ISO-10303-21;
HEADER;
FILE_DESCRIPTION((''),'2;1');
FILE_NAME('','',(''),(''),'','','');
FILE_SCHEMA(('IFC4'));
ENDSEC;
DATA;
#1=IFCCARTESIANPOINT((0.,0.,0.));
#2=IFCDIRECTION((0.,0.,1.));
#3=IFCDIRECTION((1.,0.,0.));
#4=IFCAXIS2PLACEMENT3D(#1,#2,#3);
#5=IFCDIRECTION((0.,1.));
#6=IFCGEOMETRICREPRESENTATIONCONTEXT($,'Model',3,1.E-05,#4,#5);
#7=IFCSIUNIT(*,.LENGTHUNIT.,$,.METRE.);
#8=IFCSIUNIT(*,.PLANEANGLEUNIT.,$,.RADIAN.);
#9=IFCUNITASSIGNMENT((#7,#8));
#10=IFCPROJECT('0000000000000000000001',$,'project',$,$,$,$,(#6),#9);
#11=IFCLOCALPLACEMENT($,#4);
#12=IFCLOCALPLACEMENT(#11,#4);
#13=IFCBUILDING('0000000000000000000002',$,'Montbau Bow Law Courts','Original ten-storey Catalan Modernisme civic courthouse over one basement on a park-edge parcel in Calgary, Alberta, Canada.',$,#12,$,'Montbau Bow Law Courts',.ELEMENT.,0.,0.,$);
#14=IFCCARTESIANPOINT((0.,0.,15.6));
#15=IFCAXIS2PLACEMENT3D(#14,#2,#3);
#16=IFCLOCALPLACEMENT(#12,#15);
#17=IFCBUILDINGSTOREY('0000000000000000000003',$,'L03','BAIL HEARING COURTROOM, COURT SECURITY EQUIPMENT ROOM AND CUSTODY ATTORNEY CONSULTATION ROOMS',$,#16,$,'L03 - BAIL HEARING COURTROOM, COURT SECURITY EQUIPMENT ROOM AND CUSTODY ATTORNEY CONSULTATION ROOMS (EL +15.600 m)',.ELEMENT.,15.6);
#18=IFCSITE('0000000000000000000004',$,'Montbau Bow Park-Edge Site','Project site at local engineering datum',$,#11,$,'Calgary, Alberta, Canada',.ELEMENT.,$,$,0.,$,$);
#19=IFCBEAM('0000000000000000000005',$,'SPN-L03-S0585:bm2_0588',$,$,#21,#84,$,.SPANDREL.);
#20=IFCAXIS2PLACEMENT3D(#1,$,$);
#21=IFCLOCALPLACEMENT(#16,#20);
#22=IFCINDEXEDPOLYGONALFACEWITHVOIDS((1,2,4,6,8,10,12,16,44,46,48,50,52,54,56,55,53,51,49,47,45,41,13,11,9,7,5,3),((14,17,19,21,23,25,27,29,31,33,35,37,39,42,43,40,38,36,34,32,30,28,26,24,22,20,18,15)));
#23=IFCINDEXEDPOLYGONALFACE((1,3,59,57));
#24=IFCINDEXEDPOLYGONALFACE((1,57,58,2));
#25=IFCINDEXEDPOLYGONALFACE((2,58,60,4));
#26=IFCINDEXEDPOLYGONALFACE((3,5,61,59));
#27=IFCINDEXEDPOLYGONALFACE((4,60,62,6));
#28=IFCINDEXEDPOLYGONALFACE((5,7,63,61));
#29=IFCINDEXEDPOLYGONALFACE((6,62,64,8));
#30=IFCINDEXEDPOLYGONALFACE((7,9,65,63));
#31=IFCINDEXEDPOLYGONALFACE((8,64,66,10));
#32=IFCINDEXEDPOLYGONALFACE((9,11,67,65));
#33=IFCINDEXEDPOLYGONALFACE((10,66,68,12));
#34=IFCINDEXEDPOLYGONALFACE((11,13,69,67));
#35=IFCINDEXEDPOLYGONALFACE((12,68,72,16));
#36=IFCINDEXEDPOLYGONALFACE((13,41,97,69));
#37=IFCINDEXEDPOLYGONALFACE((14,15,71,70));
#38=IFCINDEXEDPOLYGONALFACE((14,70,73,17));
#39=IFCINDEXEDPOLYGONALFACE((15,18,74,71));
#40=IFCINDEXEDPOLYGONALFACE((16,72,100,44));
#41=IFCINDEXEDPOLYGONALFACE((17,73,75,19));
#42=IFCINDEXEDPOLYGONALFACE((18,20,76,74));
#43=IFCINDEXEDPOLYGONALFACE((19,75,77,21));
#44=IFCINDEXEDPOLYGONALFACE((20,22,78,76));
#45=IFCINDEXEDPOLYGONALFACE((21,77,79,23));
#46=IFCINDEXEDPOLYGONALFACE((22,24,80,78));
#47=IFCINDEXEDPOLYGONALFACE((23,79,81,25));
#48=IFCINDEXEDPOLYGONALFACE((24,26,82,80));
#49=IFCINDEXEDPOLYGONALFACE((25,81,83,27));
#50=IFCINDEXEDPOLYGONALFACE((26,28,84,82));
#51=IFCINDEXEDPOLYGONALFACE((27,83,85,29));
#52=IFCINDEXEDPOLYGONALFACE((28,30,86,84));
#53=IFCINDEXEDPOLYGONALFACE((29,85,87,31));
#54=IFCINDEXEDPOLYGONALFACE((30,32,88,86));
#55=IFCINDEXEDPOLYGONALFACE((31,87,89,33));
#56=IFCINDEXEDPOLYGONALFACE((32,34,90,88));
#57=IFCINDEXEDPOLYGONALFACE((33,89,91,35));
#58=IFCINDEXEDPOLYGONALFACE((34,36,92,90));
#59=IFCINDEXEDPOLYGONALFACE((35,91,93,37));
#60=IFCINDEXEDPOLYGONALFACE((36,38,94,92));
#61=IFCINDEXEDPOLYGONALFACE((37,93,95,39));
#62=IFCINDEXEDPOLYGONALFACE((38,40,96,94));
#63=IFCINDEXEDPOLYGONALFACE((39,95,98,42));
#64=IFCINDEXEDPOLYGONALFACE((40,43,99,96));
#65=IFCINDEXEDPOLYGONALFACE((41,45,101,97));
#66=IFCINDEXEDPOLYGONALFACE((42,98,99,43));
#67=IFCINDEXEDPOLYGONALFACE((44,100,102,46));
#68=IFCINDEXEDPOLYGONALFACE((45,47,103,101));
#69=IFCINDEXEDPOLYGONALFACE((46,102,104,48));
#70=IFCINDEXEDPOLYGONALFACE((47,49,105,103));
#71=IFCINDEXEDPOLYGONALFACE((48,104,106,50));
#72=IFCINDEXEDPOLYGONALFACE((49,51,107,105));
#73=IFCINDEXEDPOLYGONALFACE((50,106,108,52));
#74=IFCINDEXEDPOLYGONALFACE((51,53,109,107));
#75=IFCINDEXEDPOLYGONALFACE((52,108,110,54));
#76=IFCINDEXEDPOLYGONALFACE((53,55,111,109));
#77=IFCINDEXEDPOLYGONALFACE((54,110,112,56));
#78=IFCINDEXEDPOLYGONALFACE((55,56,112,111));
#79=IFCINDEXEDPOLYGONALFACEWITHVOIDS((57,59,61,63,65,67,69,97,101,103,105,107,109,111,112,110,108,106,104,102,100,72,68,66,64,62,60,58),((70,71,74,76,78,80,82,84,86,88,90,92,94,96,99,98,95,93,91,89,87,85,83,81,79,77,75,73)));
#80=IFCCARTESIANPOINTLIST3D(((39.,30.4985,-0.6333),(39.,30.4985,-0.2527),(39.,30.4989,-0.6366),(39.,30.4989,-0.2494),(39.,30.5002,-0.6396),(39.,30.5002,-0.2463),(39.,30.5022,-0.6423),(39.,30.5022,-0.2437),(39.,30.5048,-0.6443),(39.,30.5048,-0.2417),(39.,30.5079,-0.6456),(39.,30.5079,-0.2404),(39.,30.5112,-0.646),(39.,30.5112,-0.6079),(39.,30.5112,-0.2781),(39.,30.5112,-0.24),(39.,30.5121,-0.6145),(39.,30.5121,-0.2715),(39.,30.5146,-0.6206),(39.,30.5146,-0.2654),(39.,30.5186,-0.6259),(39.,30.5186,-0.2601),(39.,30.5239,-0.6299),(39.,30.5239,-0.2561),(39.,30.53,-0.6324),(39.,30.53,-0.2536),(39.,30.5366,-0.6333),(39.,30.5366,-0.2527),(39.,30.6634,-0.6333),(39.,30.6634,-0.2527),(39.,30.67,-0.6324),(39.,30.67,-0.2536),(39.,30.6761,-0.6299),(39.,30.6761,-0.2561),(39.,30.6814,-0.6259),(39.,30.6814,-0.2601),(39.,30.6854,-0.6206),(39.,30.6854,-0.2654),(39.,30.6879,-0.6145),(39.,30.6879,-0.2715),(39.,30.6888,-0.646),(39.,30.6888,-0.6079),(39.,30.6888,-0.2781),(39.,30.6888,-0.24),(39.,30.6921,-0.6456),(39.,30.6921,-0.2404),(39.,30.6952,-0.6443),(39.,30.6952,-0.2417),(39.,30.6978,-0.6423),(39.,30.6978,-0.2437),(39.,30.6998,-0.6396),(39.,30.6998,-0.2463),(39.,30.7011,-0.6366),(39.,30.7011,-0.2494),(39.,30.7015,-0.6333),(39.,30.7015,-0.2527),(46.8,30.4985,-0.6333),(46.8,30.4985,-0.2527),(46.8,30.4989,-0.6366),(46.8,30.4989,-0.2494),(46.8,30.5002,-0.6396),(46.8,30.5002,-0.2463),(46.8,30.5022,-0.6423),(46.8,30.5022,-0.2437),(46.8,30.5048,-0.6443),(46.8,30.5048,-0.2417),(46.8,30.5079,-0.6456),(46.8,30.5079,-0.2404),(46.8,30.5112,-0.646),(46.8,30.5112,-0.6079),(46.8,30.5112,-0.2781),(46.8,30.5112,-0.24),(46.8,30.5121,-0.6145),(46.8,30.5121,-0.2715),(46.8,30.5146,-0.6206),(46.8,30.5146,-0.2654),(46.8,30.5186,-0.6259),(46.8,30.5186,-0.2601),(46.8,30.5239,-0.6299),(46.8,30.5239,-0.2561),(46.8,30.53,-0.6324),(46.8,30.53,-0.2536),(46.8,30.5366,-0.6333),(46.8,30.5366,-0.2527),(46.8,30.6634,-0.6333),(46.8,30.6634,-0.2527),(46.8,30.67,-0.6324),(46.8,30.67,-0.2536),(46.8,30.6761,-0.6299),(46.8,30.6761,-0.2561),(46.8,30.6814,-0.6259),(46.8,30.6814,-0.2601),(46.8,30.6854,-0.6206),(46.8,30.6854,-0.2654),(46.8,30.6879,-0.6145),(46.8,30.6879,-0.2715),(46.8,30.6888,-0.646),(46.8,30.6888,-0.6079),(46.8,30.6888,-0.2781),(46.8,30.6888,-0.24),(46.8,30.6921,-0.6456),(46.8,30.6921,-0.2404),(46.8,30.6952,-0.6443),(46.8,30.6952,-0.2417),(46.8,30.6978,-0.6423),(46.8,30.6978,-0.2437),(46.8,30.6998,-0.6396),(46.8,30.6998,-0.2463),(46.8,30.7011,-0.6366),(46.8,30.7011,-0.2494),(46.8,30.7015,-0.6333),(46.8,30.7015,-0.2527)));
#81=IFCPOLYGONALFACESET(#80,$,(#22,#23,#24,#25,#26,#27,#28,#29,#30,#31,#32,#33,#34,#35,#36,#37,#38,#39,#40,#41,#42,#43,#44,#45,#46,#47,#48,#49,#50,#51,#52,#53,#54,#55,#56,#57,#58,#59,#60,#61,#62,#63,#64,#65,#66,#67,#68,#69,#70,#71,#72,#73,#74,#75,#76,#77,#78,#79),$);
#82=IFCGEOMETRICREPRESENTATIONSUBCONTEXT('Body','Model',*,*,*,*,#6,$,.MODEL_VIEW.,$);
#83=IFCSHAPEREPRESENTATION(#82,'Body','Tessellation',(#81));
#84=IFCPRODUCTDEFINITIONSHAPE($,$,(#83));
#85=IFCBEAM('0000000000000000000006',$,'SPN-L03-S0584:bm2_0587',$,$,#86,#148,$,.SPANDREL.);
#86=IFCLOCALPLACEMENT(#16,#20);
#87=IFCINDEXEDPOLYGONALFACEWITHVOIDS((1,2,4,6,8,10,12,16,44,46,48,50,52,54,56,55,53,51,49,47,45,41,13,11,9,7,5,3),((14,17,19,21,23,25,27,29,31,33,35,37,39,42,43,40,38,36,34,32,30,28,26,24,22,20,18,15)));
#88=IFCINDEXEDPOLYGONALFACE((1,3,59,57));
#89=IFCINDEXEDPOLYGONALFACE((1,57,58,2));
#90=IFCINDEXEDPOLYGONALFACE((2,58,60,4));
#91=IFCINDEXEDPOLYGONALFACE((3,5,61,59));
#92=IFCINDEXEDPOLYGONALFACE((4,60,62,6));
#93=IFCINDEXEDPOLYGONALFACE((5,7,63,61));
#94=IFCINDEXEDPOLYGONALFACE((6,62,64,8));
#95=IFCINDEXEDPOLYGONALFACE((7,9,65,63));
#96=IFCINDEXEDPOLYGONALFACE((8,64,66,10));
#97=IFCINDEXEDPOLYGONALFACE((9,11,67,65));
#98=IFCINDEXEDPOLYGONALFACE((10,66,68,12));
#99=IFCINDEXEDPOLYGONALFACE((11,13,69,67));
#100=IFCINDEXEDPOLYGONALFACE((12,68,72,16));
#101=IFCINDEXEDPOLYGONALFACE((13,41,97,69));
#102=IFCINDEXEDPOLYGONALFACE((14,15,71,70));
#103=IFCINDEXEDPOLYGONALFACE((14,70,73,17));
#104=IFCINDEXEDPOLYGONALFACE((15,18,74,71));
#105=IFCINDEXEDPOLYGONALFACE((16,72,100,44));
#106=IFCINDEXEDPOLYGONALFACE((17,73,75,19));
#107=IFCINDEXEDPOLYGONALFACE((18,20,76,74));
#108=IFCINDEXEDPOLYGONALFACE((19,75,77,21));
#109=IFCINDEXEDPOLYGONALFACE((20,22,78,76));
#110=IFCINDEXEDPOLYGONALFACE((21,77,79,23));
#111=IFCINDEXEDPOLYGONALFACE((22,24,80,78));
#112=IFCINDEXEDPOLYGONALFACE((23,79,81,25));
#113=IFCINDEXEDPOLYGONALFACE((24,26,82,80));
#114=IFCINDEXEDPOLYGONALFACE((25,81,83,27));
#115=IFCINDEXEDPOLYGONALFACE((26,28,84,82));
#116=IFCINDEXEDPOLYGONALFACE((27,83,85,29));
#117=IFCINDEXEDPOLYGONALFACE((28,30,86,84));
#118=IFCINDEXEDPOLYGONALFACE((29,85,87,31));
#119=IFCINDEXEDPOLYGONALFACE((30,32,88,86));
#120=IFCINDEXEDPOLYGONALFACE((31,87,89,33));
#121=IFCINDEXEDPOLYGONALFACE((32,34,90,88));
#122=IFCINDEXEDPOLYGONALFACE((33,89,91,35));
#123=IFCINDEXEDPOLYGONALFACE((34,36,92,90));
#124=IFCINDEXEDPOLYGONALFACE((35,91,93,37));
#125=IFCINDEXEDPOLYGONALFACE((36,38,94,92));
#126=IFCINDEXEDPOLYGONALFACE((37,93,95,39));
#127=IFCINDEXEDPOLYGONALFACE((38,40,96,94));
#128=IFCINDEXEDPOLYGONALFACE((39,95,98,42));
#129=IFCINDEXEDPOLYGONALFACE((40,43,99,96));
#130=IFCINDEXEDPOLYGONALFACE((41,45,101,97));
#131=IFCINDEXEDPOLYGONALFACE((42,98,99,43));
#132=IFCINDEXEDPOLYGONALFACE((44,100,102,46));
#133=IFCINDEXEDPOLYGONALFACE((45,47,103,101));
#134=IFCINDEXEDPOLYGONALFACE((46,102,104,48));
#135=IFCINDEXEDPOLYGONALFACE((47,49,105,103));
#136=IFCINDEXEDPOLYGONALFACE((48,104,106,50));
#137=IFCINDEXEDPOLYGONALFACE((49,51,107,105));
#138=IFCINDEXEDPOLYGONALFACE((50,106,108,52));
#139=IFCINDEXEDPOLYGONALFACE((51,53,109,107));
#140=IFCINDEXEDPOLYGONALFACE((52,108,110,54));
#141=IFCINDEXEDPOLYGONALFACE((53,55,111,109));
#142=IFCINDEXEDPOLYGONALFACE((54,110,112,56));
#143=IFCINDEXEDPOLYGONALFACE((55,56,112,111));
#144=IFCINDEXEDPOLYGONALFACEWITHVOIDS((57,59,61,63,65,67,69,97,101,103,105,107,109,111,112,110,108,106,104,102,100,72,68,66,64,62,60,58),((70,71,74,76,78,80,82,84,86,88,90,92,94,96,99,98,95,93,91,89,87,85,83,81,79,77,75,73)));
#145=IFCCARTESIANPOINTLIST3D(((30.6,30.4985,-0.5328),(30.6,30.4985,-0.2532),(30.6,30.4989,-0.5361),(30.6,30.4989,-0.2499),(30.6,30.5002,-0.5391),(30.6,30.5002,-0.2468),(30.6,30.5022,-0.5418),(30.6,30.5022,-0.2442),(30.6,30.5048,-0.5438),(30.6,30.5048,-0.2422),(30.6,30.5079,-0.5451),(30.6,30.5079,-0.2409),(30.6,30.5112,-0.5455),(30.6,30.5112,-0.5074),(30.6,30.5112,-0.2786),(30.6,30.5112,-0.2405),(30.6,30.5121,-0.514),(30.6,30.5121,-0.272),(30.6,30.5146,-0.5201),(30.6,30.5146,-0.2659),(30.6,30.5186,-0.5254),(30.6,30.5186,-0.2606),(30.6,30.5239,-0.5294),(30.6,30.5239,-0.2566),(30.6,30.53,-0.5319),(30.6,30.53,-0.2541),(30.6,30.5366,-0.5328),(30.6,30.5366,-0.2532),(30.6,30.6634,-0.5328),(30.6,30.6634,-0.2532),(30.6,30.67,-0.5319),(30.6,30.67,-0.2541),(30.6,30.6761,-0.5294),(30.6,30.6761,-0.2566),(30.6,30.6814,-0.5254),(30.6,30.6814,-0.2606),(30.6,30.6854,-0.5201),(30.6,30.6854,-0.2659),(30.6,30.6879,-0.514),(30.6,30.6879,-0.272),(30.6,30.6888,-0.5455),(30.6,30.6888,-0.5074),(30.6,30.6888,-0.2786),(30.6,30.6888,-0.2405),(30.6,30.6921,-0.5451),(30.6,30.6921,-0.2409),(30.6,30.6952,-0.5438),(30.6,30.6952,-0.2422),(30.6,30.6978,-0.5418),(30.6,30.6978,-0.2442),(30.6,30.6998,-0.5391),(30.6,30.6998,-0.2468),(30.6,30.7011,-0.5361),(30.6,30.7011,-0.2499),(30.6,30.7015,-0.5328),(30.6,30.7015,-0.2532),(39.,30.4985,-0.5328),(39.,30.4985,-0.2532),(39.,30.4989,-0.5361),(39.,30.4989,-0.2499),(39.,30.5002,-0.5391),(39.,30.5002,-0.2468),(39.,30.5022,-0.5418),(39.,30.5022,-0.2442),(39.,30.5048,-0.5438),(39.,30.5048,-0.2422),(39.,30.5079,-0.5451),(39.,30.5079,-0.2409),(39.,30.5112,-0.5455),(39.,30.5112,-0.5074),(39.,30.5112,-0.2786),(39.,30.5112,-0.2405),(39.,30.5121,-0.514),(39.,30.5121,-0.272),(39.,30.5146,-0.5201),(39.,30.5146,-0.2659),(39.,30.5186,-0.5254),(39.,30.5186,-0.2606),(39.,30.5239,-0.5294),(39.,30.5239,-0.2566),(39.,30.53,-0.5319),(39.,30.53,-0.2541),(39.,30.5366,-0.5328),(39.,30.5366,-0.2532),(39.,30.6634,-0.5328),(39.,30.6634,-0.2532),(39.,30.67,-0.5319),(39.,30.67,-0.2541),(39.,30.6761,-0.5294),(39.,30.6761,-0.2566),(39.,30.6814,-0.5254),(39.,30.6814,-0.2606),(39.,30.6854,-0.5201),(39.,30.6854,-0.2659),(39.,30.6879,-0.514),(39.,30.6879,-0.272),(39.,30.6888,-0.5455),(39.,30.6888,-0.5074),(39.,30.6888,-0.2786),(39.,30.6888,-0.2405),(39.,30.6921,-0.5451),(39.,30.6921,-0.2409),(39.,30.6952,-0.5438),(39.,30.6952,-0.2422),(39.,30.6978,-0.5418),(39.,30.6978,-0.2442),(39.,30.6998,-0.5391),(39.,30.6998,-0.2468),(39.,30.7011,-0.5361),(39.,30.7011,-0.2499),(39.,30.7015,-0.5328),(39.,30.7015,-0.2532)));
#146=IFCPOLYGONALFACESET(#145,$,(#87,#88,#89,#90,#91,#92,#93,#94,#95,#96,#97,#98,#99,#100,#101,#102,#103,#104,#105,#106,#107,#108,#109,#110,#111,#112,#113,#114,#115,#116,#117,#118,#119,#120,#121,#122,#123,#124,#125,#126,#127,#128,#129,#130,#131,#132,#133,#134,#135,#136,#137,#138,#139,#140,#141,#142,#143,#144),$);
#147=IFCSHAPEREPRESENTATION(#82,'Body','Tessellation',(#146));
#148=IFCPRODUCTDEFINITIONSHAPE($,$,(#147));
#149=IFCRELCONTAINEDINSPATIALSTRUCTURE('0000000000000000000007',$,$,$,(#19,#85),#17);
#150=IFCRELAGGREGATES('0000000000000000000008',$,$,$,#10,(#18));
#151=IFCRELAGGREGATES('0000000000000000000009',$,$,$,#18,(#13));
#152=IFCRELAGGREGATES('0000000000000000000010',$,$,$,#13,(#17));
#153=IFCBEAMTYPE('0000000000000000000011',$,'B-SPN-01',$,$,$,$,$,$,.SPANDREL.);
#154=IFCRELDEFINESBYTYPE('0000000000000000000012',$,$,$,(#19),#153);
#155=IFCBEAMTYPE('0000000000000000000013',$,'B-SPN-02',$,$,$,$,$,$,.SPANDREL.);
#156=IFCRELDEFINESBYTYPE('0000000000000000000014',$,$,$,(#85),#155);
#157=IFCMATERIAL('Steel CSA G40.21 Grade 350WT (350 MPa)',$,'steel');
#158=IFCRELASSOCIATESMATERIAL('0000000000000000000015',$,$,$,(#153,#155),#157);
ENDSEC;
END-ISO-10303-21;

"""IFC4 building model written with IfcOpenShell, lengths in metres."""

from ifc_helpers import new_model, si_unit, direction, frame, origin_with_axes, origin_2d_with_axis, place, context, subcontext, project, spatial, hollow_rectangle, extrude, material, material_profile, profile_set, type_object, element, save


model = new_model("IFC4")

# Units and contexts
model_context = context("Model", 3, precision=1e-05, world=origin_with_axes(), true_north=direction((0.0, 1.0)))
body_context = subcontext(model_context, "Body", "Model", "MODEL_VIEW")
ifc_project = project(units=[si_unit("LENGTHUNIT", "METRE"), si_unit("PLANEANGLEUNIT", "RADIAN")], contexts=[model_context])

# Site, building, storey
site_placement = place(None, origin_with_axes())
site = spatial("IfcSite", under=ifc_project, at=site_placement, Name="Montbau Bow Park-Edge Site", Description="Project site at local engineering datum", LongName="Calgary, Alberta, Canada", CompositionType="ELEMENT", RefElevation=0.0)
building_placement = place(site_placement, origin_with_axes())
building = spatial("IfcBuilding", under=site, at=building_placement, Name="Montbau Bow Law Courts", Description="Original ten-storey Catalan Modernisme civic courthouse over one basement on a park-edge parcel in Calgary, Alberta, Canada.", LongName="Montbau Bow Law Courts", CompositionType="ELEMENT", ElevationOfRefHeight=0.0, ElevationOfTerrain=0.0)
storey_placement = place(building_placement, frame((0.0, 0.0, 15.6), z_axis=(0.0, 0.0, 1.0), x_axis=(1.0, 0.0, 0.0)))
storey = spatial("IfcBuildingStorey", under=building, at=storey_placement, Name="L03", Description="BAIL HEARING COURTROOM, COURT SECURITY EQUIPMENT ROOM AND CUSTODY ATTORNEY CONSULTATION ROOMS", LongName="L03 - BAIL HEARING COURTROOM, COURT SECURITY EQUIPMENT ROOM AND CUSTODY ATTORNEY CONSULTATION ROOMS (EL +15.600 m)", CompositionType="ELEMENT", Elevation=15.6)

# Beams
ifc_material_1 = material(Name="Steel CSA G40.21 Grade 350WT (350 MPa)", Category="steel")
ifc_material_profile_1 = material_profile(ifc_material_1, hollow_rectangle(XDim=0.203, YDim=0.406, WallThickness=0.0127, InnerFilletRadius=0.0254, OuterFilletRadius=0.0127, at=origin_2d_with_axis()), Name="HSS406X203X13", Category="Main", Priority=0)
ifc_profile_set_1 = profile_set([ifc_material_profile_1], Name="Steel CSA G40.21 Grade 350WT (350 MPa)")
beam_type_1 = type_object("IfcBeamType", Name="B-SPN-01", PredefinedType="SPANDREL", material=ifc_profile_set_1)
beam_1_placement = place(None, frame((39.0, 30.6, 15.157), z_axis=(1.0, 0.0, 0.0), x_axis=(0.0, 1.0, 0.0)))
element("IfcBeam", 1, at=beam_1_placement, inside=storey, type_object=beam_type_1, Name="SPN-L03-S0585:bm2_0588", PredefinedType="SPANDREL", context=body_context, shape_type="SweptSolid", body=[
    extrude(hollow_rectangle(XDim=0.203, YDim=0.406, WallThickness=0.0127, InnerFilletRadius=0.0254, OuterFilletRadius=0.0127, at=origin_2d_with_axis()), origin_with_axes(), (0.0, 0.0, 1.0), 7.8),
])
ifc_material_profile_2 = material_profile(ifc_material_1, hollow_rectangle(XDim=0.203, YDim=0.305, WallThickness=0.0127, InnerFilletRadius=0.0254, OuterFilletRadius=0.0127, at=origin_2d_with_axis()), Name="HSS305X203X13", Category="Main", Priority=0)
ifc_profile_set_2 = profile_set([ifc_material_profile_2], Name="Steel CSA G40.21 Grade 350WT (350 MPa)")
beam_type_2 = type_object("IfcBeamType", Name="B-SPN-02", PredefinedType="SPANDREL", material=ifc_profile_set_2)
beam_2_placement = place(None, frame((30.6, 30.6, 15.207), z_axis=(1.0, 0.0, 0.0), x_axis=(0.0, 1.0, 0.0)))
element("IfcBeam", 2, at=beam_2_placement, inside=storey, type_object=beam_type_2, Name="SPN-L03-S0584:bm2_0587", PredefinedType="SPANDREL", context=body_context, shape_type="SweptSolid", body=[
    extrude(hollow_rectangle(XDim=0.203, YDim=0.305, WallThickness=0.0127, InnerFilletRadius=0.0254, OuterFilletRadius=0.0127, at=origin_2d_with_axis()), origin_with_axes(), (0.0, 0.0, 1.0), 8.4),
])

save(model, "model.ifc")
